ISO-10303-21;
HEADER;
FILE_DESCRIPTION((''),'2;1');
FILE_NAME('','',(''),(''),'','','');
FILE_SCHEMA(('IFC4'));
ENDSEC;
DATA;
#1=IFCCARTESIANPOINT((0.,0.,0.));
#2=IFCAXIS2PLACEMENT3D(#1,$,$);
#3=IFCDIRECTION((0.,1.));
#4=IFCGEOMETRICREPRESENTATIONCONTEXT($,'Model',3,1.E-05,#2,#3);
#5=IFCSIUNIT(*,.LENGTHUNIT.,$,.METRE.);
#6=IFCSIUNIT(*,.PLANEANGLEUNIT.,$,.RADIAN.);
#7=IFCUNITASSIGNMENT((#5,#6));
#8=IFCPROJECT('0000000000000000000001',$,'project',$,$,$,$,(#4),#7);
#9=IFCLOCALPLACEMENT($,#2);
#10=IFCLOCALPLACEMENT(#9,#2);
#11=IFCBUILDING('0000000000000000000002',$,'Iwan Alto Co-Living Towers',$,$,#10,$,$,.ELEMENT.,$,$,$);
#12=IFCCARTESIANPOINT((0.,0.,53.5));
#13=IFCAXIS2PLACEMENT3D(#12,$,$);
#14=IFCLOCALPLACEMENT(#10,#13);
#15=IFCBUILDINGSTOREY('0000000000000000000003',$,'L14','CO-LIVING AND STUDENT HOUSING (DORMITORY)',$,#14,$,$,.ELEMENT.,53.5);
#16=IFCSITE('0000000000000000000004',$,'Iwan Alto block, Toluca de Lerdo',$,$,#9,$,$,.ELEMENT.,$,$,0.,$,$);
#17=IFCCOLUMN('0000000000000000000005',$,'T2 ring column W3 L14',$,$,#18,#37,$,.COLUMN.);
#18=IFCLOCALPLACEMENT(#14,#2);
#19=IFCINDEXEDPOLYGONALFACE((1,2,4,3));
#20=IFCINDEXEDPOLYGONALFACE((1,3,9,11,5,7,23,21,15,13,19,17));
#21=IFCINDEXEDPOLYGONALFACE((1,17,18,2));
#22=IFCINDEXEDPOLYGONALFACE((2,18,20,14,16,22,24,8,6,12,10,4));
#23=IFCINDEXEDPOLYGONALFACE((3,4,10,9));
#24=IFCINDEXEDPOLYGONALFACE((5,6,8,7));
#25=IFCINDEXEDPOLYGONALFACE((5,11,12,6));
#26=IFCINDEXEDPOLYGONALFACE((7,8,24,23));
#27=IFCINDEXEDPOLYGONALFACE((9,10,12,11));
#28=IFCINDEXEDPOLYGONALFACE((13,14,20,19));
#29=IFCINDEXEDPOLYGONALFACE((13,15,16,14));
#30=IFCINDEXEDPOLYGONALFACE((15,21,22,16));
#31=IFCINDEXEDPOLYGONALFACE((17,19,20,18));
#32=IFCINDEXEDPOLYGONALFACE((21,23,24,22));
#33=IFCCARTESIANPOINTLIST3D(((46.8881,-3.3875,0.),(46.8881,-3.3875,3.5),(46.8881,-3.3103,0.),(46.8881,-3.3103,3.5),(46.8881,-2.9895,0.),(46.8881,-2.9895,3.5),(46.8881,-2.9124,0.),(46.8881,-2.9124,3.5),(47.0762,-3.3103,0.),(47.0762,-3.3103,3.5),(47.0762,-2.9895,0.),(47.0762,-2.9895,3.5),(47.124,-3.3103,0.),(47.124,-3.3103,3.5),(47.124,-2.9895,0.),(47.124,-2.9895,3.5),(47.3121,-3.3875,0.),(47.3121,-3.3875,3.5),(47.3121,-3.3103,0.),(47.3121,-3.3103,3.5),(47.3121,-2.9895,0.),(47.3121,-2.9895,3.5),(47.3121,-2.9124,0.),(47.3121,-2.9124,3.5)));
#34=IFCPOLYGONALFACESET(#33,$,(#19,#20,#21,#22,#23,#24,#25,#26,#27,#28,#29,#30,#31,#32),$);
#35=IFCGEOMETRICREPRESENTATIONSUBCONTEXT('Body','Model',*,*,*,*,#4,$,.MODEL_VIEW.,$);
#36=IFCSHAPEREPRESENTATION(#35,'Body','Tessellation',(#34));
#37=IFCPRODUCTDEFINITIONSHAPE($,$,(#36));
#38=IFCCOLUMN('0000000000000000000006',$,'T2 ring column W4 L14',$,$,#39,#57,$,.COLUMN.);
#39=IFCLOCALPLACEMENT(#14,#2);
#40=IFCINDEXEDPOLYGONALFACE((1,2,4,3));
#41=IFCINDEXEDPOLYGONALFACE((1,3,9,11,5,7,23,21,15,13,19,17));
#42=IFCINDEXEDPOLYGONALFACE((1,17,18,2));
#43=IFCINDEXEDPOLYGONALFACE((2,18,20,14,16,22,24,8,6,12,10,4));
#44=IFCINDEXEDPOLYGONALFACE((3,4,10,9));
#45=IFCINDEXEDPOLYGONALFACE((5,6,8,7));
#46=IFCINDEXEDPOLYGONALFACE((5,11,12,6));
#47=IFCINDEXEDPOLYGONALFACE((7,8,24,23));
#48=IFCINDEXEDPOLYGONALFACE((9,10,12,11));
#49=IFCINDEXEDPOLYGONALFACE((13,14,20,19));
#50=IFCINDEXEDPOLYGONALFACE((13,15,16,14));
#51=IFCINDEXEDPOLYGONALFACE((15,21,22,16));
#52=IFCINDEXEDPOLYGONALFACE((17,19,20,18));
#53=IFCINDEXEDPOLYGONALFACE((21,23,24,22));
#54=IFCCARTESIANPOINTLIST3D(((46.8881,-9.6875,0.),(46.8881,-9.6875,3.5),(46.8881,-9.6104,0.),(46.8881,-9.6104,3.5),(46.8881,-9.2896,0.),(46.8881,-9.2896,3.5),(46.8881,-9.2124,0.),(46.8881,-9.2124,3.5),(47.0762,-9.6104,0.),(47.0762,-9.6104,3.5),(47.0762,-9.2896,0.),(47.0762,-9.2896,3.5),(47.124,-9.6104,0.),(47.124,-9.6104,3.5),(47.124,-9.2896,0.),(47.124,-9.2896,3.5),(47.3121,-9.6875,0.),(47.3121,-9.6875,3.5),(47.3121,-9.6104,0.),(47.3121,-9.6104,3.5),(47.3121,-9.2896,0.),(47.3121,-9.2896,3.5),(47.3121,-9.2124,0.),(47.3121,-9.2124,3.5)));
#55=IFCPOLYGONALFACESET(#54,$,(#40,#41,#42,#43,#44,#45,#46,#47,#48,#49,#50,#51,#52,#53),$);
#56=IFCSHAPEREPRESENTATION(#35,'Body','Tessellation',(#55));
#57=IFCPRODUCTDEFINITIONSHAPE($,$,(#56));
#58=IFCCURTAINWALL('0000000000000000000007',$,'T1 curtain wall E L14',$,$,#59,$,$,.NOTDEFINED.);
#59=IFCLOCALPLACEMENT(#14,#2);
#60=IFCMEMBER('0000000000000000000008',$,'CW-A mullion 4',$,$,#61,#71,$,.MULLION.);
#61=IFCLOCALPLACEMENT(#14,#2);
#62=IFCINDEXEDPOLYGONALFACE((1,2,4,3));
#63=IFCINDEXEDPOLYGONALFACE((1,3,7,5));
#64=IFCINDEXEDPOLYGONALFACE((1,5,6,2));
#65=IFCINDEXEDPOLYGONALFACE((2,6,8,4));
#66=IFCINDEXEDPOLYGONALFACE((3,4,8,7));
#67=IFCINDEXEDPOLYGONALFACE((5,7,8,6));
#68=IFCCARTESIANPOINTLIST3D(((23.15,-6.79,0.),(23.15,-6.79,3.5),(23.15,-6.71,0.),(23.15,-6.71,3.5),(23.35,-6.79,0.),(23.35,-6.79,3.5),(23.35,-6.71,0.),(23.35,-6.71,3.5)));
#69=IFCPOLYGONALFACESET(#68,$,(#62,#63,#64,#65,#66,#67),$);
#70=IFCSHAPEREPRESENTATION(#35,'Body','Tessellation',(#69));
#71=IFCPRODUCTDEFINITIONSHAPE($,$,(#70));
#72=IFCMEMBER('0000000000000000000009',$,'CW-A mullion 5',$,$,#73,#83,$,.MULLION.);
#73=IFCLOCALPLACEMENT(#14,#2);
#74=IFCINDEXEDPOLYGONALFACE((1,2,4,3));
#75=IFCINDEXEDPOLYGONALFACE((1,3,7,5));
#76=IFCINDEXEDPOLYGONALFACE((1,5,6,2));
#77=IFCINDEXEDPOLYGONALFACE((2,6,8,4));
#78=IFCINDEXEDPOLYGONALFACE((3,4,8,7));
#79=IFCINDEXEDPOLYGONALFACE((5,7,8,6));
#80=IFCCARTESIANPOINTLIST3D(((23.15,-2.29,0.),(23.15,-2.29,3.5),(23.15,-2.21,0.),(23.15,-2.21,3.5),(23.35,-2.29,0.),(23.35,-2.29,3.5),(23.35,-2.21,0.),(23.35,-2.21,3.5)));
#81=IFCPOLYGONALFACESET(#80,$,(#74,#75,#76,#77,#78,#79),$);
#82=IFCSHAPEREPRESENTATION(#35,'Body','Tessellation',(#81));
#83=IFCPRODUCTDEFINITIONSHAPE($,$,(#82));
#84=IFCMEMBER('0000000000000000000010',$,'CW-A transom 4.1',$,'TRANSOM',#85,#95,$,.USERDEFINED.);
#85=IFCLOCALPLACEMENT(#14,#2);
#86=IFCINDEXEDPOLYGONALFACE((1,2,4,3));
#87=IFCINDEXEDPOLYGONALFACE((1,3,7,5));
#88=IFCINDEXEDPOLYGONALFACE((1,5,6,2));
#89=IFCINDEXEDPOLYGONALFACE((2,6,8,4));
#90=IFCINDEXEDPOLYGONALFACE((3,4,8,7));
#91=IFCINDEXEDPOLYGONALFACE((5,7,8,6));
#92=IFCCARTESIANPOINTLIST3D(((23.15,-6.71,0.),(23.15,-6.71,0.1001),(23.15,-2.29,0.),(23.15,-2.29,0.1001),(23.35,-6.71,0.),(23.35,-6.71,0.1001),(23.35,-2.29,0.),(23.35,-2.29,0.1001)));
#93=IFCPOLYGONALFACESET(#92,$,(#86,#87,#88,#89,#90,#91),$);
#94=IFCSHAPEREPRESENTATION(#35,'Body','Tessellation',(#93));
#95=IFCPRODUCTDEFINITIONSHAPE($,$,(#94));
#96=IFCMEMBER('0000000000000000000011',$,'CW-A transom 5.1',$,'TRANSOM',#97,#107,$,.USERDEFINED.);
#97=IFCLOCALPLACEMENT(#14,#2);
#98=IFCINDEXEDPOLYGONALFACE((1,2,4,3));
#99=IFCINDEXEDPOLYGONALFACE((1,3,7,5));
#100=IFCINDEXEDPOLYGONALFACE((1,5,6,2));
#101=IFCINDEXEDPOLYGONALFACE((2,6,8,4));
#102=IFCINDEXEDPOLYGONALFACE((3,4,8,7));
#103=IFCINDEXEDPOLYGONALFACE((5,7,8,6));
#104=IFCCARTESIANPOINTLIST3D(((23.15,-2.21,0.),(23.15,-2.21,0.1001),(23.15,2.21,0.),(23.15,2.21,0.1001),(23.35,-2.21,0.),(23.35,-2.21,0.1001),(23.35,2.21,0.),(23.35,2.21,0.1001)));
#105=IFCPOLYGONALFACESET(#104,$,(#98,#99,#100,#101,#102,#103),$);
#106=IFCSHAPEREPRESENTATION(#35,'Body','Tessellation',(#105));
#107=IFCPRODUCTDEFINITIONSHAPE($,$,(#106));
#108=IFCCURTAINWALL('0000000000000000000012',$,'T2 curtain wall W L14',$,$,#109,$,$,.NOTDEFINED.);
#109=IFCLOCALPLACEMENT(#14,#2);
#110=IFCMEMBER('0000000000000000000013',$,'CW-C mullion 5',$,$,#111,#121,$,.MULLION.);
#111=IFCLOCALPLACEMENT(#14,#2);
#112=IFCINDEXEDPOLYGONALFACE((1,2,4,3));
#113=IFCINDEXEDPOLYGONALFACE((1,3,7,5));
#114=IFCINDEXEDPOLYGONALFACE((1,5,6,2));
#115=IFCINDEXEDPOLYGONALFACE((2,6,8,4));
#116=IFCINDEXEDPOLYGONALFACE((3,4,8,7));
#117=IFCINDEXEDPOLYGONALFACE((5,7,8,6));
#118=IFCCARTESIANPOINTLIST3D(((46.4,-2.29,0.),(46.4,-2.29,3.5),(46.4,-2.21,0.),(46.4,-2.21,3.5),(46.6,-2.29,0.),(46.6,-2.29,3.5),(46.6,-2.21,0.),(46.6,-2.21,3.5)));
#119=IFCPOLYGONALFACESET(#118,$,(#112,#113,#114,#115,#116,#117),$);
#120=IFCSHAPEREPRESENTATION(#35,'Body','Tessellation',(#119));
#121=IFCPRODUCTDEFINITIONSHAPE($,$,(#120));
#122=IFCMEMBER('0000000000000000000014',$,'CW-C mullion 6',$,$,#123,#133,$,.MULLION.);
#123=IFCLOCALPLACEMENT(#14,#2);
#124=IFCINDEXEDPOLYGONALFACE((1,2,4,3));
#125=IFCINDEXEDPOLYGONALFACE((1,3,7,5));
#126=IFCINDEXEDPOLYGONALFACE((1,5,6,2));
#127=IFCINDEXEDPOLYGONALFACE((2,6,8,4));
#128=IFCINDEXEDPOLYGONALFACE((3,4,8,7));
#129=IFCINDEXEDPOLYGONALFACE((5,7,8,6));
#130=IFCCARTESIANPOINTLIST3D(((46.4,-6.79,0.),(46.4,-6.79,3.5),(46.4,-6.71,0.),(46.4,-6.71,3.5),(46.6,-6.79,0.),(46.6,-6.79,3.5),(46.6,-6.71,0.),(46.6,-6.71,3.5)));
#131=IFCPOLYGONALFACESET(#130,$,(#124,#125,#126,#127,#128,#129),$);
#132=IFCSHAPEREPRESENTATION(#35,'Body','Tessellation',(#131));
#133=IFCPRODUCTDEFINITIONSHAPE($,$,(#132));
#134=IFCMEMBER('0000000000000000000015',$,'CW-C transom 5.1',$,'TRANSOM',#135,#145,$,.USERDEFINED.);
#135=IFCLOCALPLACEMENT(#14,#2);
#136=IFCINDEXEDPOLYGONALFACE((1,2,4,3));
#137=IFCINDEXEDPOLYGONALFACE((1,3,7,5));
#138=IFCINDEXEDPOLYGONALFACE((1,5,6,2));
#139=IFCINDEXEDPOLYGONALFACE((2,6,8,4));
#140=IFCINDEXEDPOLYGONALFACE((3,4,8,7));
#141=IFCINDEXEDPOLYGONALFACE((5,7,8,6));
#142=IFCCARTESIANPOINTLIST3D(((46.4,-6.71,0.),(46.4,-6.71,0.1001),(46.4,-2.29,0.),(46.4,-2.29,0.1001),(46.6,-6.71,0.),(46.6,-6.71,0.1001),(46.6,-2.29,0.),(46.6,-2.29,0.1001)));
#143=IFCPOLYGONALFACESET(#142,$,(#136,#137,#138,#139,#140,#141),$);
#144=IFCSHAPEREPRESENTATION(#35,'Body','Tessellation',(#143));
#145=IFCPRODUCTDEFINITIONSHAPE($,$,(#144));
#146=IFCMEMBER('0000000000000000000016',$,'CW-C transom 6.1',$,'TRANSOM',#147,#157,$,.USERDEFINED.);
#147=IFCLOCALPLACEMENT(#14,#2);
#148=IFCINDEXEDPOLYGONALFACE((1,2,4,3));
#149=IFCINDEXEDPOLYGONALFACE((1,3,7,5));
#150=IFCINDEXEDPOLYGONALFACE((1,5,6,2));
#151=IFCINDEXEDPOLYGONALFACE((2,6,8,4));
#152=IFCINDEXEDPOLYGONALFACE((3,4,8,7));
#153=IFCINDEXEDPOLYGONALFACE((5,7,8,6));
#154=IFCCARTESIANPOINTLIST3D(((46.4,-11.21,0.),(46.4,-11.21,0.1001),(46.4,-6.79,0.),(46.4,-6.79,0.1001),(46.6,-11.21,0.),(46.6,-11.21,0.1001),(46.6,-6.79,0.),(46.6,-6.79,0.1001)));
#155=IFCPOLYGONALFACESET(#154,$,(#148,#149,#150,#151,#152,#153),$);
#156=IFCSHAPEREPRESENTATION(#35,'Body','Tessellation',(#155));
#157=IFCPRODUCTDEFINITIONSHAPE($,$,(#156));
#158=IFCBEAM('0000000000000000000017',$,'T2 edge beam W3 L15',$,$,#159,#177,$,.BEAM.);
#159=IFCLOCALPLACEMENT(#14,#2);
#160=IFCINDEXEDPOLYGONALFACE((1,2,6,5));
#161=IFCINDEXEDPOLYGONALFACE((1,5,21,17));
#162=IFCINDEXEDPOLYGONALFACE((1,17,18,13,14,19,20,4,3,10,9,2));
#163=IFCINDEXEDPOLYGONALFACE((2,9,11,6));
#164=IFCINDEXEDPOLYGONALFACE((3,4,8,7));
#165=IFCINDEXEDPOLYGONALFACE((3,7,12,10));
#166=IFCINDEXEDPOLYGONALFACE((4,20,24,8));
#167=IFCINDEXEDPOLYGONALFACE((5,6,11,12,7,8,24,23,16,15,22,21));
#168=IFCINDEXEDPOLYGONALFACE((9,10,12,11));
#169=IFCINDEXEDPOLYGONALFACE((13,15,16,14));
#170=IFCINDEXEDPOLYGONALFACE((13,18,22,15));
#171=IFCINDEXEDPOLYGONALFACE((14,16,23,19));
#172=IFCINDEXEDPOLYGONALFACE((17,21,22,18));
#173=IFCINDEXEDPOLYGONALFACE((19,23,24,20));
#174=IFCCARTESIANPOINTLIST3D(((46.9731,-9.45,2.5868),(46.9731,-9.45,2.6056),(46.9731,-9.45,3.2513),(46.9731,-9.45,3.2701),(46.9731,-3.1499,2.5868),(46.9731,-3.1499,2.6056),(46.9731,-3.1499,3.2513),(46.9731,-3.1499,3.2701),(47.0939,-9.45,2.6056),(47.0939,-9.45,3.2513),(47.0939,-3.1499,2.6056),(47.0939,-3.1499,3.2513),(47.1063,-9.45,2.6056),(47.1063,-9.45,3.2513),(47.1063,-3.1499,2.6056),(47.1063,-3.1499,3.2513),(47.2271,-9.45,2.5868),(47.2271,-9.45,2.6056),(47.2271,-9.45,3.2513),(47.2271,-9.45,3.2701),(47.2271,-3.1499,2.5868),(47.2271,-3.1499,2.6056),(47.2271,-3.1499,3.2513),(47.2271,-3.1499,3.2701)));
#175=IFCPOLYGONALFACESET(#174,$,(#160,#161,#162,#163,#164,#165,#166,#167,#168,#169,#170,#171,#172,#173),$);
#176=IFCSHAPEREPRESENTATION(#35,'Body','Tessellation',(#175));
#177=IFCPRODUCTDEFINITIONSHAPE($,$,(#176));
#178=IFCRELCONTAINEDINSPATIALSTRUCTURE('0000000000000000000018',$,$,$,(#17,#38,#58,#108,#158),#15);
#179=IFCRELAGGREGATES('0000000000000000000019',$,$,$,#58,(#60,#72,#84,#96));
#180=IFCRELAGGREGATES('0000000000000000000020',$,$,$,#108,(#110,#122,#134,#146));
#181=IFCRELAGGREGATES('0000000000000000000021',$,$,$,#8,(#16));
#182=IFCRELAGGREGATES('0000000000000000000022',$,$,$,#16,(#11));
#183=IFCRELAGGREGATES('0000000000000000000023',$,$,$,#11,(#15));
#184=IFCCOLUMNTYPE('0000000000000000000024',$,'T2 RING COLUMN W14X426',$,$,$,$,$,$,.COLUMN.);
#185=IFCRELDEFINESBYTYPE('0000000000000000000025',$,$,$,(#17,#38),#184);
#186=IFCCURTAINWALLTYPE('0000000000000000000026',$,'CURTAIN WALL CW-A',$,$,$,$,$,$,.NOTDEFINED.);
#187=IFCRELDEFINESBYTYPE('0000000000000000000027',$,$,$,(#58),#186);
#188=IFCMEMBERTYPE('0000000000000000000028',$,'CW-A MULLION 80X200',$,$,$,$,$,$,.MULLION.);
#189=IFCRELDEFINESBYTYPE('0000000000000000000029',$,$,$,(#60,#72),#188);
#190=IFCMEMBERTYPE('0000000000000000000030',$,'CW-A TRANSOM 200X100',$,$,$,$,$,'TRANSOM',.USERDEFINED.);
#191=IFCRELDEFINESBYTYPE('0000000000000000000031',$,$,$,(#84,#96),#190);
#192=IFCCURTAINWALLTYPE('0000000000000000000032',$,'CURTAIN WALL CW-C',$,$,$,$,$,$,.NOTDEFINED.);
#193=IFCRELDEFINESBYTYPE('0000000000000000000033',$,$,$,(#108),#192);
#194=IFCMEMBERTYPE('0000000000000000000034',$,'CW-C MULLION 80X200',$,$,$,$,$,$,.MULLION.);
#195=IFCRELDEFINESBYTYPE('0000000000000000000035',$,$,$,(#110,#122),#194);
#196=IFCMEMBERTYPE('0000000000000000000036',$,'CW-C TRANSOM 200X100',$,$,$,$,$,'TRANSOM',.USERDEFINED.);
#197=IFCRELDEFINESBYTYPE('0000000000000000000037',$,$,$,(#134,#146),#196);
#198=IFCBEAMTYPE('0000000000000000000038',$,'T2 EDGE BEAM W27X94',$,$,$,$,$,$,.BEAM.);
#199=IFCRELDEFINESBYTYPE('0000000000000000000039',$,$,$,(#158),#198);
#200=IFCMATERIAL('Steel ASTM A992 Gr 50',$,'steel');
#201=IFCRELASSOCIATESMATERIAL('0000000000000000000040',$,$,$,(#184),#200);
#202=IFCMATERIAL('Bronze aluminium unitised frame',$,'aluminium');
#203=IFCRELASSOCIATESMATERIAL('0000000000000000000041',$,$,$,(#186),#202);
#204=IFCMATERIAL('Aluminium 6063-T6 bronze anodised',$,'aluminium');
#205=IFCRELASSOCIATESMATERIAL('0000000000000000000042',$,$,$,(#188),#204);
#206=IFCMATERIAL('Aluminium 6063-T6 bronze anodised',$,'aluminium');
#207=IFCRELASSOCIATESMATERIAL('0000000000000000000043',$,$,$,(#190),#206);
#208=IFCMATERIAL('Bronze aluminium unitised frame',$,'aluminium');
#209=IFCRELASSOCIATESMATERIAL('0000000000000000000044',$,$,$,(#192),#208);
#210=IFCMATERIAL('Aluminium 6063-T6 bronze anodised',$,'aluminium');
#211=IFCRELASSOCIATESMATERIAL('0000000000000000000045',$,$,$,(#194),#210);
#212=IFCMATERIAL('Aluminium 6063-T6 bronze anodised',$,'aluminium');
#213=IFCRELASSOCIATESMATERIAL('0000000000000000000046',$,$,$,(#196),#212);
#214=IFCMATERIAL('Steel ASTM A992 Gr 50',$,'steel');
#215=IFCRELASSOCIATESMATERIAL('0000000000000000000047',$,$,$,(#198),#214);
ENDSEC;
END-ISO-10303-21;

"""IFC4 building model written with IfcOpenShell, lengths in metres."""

from ifc_helpers import new_model, si_unit, direction, frame, origin, origin_2d, place, context, subcontext, project, spatial, rectangle, i_section, extrude, material, material_profile, profile_set, type_object, element, aggregate, save


model = new_model("IFC4")

# Units and contexts
model_context = context("Model", 3, precision=1e-05, world=origin(), true_north=direction((0.0, 1.0)))
body_context = subcontext(model_context, "Body", "Model", "MODEL_VIEW")
ifc_project = project(units=[si_unit("LENGTHUNIT", "METRE"), si_unit("PLANEANGLEUNIT", "RADIAN")], contexts=[model_context])

# Site, building, storey
site_placement = place(None, origin())
site = spatial("IfcSite", under=ifc_project, at=site_placement, Name="Iwan Alto block, Toluca de Lerdo", CompositionType="ELEMENT", RefElevation=0.0)
building_placement = place(site_placement, origin())
building = spatial("IfcBuilding", under=site, at=building_placement, Name="Iwan Alto Co-Living Towers", CompositionType="ELEMENT")
storey_placement = place(building_placement, frame((0.0, 0.0, 53.5)))
storey = spatial("IfcBuildingStorey", under=building, at=storey_placement, Name="L14", Description="CO-LIVING AND STUDENT HOUSING (DORMITORY)", CompositionType="ELEMENT", Elevation=53.5)

# Columns
ifc_material_1 = material(Name="Steel ASTM A992 Gr 50", Category="steel")
ifc_material_profile_1 = material_profile(ifc_material_1, i_section(OverallWidth=0.4241, OverallDepth=0.4751, WebThickness=0.0479, FlangeThickness=0.0771, at=origin_2d()), Name="W14X426")
ifc_profile_set_1 = profile_set([ifc_material_profile_1], Name="Steel ASTM A992 Gr 50")
column_type = type_object("IfcColumnType", Name="T2 RING COLUMN W14X426", PredefinedType="COLUMN", material=ifc_profile_set_1)
for number, where, z_axis, x_axis, name in (
    (1, (47.1001, -3.1499, 0.0), (0.0, 0.0, 1.0), (1.0, 0.0, 0.0), "T2 ring column W3 L14"),
    (2, (47.1001, -9.45, 0.0), (0.0, 0.0, 1.0), (1.0, 0.0, 0.0), "T2 ring column W4 L14"),
):
    element("IfcColumn", number, at=place(storey_placement, frame(where, z_axis=z_axis, x_axis=x_axis)), inside=storey, type_object=column_type, Name=name, PredefinedType="COLUMN", context=body_context, shape_type="SweptSolid", body=[
        extrude(i_section(OverallWidth=0.4241, OverallDepth=0.4751, WebThickness=0.0479, FlangeThickness=0.0771, at=origin_2d()), origin(), (0.0, 0.0, 1.0), 3.5),
    ])

# Curtain walls, members
ifc_material_2 = material(Name="Bronze aluminium unitised frame", Category="aluminium")
curtain_wall_type_1 = type_object("IfcCurtainWallType", Name="CURTAIN WALL CW-A", PredefinedType="NOTDEFINED", material=ifc_material_2)
curtain_wall_1_placement = place(storey_placement, origin())
curtain_wall_1 = element("IfcCurtainWall", 3, at=curtain_wall_1_placement, inside=storey, type_object=curtain_wall_type_1, Name="T1 curtain wall E L14", PredefinedType="NOTDEFINED")
ifc_material_3 = material(Name="Aluminium 6063-T6 bronze anodised", Category="aluminium")
ifc_material_profile_2 = material_profile(ifc_material_3, rectangle(XDim=0.2, YDim=0.0801, at=origin_2d()), Name="AL 80X200")
ifc_profile_set_2 = profile_set([ifc_material_profile_2], Name="Aluminium 6063-T6 bronze anodised")
member_type_1 = type_object("IfcMemberType", Name="CW-A MULLION 80X200", PredefinedType="MULLION", material=ifc_profile_set_2)
member_1_placement = place(storey_placement, frame((23.25, -6.75, 0.0), z_axis=(0.0, 0.0, 1.0), x_axis=(-1.0, 0.0, 0.0)))
member_1 = element("IfcMember", 4, at=member_1_placement, type_object=member_type_1, Name="CW-A mullion 4", PredefinedType="MULLION", context=body_context, shape_type="SweptSolid", body=[
    extrude(rectangle(XDim=0.2, YDim=0.0801, at=origin_2d()), origin(), (0.0, 0.0, 1.0), 3.5),
])
member_2_placement = place(storey_placement, frame((23.25, -2.25, 0.0), z_axis=(0.0, 0.0, 1.0), x_axis=(-1.0, 0.0, 0.0)))
member_2 = element("IfcMember", 5, at=member_2_placement, type_object=member_type_1, Name="CW-A mullion 5", PredefinedType="MULLION", context=body_context, shape_type="SweptSolid", body=[
    extrude(rectangle(XDim=0.2, YDim=0.0801, at=origin_2d()), origin(), (0.0, 0.0, 1.0), 3.5),
])
ifc_material_4 = material(Name="Aluminium 6063-T6 bronze anodised", Category="aluminium")
ifc_material_profile_3 = material_profile(ifc_material_4, rectangle(XDim=0.2, YDim=0.1001, at=origin_2d()), Name="AL 200X100")
ifc_profile_set_3 = profile_set([ifc_material_profile_3], Name="Aluminium 6063-T6 bronze anodised")
member_type_2 = type_object("IfcMemberType", Name="CW-A TRANSOM 200X100", ElementType="TRANSOM", PredefinedType="USERDEFINED", material=ifc_profile_set_3)
member_3_placement = place(storey_placement, frame((23.25, -6.71, 0.05), z_axis=(0.0, 1.0, 0.0), x_axis=(-1.0, 0.0, 0.0)))
member_3 = element("IfcMember", 6, at=member_3_placement, type_object=member_type_2, Name="CW-A transom 4.1", ObjectType="TRANSOM", PredefinedType="USERDEFINED", context=body_context, shape_type="SweptSolid", body=[
    extrude(rectangle(XDim=0.2, YDim=0.1001, at=origin_2d()), origin(), (0.0, 0.0, 1.0), 4.4199),
])
member_4_placement = place(storey_placement, frame((23.25, -2.21, 0.05), z_axis=(0.0, 1.0, 0.0), x_axis=(-1.0, 0.0, 0.0)))
member_4 = element("IfcMember", 7, at=member_4_placement, type_object=member_type_2, Name="CW-A transom 5.1", ObjectType="TRANSOM", PredefinedType="USERDEFINED", context=body_context, shape_type="SweptSolid", body=[
    extrude(rectangle(XDim=0.2, YDim=0.1001, at=origin_2d()), origin(), (0.0, 0.0, 1.0), 4.4199),
])
ifc_material_5 = material(Name="Bronze aluminium unitised frame", Category="aluminium")
curtain_wall_type_2 = type_object("IfcCurtainWallType", Name="CURTAIN WALL CW-C", PredefinedType="NOTDEFINED", material=ifc_material_5)
curtain_wall_2_placement = place(storey_placement, origin())
curtain_wall_2 = element("IfcCurtainWall", 8, at=curtain_wall_2_placement, inside=storey, type_object=curtain_wall_type_2, Name="T2 curtain wall W L14", PredefinedType="NOTDEFINED")
ifc_material_6 = material(Name="Aluminium 6063-T6 bronze anodised", Category="aluminium")
ifc_material_profile_4 = material_profile(ifc_material_6, rectangle(XDim=0.2, YDim=0.0801, at=origin_2d()), Name="AL 80X200")
ifc_profile_set_4 = profile_set([ifc_material_profile_4], Name="Aluminium 6063-T6 bronze anodised")
member_type_3 = type_object("IfcMemberType", Name="CW-C MULLION 80X200", PredefinedType="MULLION", material=ifc_profile_set_4)
member_5_placement = place(storey_placement, frame((46.5, -2.25, 0.0), z_axis=(0.0, 0.0, 1.0), x_axis=(1.0, 0.0, 0.0)))
member_5 = element("IfcMember", 9, at=member_5_placement, type_object=member_type_3, Name="CW-C mullion 5", PredefinedType="MULLION", context=body_context, shape_type="SweptSolid", body=[
    extrude(rectangle(XDim=0.2, YDim=0.0801, at=origin_2d()), origin(), (0.0, 0.0, 1.0), 3.5),
])
member_6_placement = place(storey_placement, frame((46.5, -6.75, 0.0), z_axis=(0.0, 0.0, 1.0), x_axis=(1.0, 0.0, 0.0)))
member_6 = element("IfcMember", 10, at=member_6_placement, type_object=member_type_3, Name="CW-C mullion 6", PredefinedType="MULLION", context=body_context, shape_type="SweptSolid", body=[
    extrude(rectangle(XDim=0.2, YDim=0.0801, at=origin_2d()), origin(), (0.0, 0.0, 1.0), 3.5),
])
ifc_material_7 = material(Name="Aluminium 6063-T6 bronze anodised", Category="aluminium")
ifc_material_profile_5 = material_profile(ifc_material_7, rectangle(XDim=0.2, YDim=0.1001, at=origin_2d()), Name="AL 200X100")
ifc_profile_set_5 = profile_set([ifc_material_profile_5], Name="Aluminium 6063-T6 bronze anodised")
member_type_4 = type_object("IfcMemberType", Name="CW-C TRANSOM 200X100", ElementType="TRANSOM", PredefinedType="USERDEFINED", material=ifc_profile_set_5)
member_7_placement = place(storey_placement, frame((46.5, -2.29, 0.05), z_axis=(0.0, -1.0, 0.0), x_axis=(1.0, 0.0, 0.0)))
member_7 = element("IfcMember", 11, at=member_7_placement, type_object=member_type_4, Name="CW-C transom 5.1", ObjectType="TRANSOM", PredefinedType="USERDEFINED", context=body_context, shape_type="SweptSolid", body=[
    extrude(rectangle(XDim=0.2, YDim=0.1001, at=origin_2d()), origin(), (0.0, 0.0, 1.0), 4.4199),
])
member_8_placement = place(storey_placement, frame((46.5, -6.79, 0.05), z_axis=(0.0, -1.0, 0.0), x_axis=(1.0, 0.0, 0.0)))
member_8 = element("IfcMember", 12, at=member_8_placement, type_object=member_type_4, Name="CW-C transom 6.1", ObjectType="TRANSOM", PredefinedType="USERDEFINED", context=body_context, shape_type="SweptSolid", body=[
    extrude(rectangle(XDim=0.2, YDim=0.1001, at=origin_2d()), origin(), (0.0, 0.0, 1.0), 4.4199),
])

# Beam
ifc_material_8 = material(Name="Steel ASTM A992 Gr 50", Category="steel")
ifc_material_profile_6 = material_profile(ifc_material_8, i_section(OverallWidth=0.2539, OverallDepth=0.6833, WebThickness=0.0125, FlangeThickness=0.0188, at=origin_2d()), Name="W27X94")
ifc_profile_set_6 = profile_set([ifc_material_profile_6], Name="Steel ASTM A992 Gr 50")
beam_type_1 = type_object("IfcBeamType", Name="T2 EDGE BEAM W27X94", PredefinedType="BEAM", material=ifc_profile_set_6)
beam_1_placement = place(storey_placement, frame((47.1001, -3.1499, 2.9285), z_axis=(0.0, -1.0, 0.0), x_axis=(1.0, 0.0, 0.0)))
element("IfcBeam", 13, at=beam_1_placement, inside=storey, type_object=beam_type_1, Name="T2 edge beam W3 L15", PredefinedType="BEAM", context=body_context, shape_type="SweptSolid", body=[
    extrude(i_section(OverallWidth=0.2539, OverallDepth=0.6833, WebThickness=0.0125, FlangeThickness=0.0188, at=origin_2d()), origin(), (0.0, 0.0, 1.0), 6.3),
])

aggregate(curtain_wall_1, [member_1, member_2, member_3, member_4])
aggregate(curtain_wall_2, [member_5, member_6, member_7, member_8])

save(model, "model.ifc")
